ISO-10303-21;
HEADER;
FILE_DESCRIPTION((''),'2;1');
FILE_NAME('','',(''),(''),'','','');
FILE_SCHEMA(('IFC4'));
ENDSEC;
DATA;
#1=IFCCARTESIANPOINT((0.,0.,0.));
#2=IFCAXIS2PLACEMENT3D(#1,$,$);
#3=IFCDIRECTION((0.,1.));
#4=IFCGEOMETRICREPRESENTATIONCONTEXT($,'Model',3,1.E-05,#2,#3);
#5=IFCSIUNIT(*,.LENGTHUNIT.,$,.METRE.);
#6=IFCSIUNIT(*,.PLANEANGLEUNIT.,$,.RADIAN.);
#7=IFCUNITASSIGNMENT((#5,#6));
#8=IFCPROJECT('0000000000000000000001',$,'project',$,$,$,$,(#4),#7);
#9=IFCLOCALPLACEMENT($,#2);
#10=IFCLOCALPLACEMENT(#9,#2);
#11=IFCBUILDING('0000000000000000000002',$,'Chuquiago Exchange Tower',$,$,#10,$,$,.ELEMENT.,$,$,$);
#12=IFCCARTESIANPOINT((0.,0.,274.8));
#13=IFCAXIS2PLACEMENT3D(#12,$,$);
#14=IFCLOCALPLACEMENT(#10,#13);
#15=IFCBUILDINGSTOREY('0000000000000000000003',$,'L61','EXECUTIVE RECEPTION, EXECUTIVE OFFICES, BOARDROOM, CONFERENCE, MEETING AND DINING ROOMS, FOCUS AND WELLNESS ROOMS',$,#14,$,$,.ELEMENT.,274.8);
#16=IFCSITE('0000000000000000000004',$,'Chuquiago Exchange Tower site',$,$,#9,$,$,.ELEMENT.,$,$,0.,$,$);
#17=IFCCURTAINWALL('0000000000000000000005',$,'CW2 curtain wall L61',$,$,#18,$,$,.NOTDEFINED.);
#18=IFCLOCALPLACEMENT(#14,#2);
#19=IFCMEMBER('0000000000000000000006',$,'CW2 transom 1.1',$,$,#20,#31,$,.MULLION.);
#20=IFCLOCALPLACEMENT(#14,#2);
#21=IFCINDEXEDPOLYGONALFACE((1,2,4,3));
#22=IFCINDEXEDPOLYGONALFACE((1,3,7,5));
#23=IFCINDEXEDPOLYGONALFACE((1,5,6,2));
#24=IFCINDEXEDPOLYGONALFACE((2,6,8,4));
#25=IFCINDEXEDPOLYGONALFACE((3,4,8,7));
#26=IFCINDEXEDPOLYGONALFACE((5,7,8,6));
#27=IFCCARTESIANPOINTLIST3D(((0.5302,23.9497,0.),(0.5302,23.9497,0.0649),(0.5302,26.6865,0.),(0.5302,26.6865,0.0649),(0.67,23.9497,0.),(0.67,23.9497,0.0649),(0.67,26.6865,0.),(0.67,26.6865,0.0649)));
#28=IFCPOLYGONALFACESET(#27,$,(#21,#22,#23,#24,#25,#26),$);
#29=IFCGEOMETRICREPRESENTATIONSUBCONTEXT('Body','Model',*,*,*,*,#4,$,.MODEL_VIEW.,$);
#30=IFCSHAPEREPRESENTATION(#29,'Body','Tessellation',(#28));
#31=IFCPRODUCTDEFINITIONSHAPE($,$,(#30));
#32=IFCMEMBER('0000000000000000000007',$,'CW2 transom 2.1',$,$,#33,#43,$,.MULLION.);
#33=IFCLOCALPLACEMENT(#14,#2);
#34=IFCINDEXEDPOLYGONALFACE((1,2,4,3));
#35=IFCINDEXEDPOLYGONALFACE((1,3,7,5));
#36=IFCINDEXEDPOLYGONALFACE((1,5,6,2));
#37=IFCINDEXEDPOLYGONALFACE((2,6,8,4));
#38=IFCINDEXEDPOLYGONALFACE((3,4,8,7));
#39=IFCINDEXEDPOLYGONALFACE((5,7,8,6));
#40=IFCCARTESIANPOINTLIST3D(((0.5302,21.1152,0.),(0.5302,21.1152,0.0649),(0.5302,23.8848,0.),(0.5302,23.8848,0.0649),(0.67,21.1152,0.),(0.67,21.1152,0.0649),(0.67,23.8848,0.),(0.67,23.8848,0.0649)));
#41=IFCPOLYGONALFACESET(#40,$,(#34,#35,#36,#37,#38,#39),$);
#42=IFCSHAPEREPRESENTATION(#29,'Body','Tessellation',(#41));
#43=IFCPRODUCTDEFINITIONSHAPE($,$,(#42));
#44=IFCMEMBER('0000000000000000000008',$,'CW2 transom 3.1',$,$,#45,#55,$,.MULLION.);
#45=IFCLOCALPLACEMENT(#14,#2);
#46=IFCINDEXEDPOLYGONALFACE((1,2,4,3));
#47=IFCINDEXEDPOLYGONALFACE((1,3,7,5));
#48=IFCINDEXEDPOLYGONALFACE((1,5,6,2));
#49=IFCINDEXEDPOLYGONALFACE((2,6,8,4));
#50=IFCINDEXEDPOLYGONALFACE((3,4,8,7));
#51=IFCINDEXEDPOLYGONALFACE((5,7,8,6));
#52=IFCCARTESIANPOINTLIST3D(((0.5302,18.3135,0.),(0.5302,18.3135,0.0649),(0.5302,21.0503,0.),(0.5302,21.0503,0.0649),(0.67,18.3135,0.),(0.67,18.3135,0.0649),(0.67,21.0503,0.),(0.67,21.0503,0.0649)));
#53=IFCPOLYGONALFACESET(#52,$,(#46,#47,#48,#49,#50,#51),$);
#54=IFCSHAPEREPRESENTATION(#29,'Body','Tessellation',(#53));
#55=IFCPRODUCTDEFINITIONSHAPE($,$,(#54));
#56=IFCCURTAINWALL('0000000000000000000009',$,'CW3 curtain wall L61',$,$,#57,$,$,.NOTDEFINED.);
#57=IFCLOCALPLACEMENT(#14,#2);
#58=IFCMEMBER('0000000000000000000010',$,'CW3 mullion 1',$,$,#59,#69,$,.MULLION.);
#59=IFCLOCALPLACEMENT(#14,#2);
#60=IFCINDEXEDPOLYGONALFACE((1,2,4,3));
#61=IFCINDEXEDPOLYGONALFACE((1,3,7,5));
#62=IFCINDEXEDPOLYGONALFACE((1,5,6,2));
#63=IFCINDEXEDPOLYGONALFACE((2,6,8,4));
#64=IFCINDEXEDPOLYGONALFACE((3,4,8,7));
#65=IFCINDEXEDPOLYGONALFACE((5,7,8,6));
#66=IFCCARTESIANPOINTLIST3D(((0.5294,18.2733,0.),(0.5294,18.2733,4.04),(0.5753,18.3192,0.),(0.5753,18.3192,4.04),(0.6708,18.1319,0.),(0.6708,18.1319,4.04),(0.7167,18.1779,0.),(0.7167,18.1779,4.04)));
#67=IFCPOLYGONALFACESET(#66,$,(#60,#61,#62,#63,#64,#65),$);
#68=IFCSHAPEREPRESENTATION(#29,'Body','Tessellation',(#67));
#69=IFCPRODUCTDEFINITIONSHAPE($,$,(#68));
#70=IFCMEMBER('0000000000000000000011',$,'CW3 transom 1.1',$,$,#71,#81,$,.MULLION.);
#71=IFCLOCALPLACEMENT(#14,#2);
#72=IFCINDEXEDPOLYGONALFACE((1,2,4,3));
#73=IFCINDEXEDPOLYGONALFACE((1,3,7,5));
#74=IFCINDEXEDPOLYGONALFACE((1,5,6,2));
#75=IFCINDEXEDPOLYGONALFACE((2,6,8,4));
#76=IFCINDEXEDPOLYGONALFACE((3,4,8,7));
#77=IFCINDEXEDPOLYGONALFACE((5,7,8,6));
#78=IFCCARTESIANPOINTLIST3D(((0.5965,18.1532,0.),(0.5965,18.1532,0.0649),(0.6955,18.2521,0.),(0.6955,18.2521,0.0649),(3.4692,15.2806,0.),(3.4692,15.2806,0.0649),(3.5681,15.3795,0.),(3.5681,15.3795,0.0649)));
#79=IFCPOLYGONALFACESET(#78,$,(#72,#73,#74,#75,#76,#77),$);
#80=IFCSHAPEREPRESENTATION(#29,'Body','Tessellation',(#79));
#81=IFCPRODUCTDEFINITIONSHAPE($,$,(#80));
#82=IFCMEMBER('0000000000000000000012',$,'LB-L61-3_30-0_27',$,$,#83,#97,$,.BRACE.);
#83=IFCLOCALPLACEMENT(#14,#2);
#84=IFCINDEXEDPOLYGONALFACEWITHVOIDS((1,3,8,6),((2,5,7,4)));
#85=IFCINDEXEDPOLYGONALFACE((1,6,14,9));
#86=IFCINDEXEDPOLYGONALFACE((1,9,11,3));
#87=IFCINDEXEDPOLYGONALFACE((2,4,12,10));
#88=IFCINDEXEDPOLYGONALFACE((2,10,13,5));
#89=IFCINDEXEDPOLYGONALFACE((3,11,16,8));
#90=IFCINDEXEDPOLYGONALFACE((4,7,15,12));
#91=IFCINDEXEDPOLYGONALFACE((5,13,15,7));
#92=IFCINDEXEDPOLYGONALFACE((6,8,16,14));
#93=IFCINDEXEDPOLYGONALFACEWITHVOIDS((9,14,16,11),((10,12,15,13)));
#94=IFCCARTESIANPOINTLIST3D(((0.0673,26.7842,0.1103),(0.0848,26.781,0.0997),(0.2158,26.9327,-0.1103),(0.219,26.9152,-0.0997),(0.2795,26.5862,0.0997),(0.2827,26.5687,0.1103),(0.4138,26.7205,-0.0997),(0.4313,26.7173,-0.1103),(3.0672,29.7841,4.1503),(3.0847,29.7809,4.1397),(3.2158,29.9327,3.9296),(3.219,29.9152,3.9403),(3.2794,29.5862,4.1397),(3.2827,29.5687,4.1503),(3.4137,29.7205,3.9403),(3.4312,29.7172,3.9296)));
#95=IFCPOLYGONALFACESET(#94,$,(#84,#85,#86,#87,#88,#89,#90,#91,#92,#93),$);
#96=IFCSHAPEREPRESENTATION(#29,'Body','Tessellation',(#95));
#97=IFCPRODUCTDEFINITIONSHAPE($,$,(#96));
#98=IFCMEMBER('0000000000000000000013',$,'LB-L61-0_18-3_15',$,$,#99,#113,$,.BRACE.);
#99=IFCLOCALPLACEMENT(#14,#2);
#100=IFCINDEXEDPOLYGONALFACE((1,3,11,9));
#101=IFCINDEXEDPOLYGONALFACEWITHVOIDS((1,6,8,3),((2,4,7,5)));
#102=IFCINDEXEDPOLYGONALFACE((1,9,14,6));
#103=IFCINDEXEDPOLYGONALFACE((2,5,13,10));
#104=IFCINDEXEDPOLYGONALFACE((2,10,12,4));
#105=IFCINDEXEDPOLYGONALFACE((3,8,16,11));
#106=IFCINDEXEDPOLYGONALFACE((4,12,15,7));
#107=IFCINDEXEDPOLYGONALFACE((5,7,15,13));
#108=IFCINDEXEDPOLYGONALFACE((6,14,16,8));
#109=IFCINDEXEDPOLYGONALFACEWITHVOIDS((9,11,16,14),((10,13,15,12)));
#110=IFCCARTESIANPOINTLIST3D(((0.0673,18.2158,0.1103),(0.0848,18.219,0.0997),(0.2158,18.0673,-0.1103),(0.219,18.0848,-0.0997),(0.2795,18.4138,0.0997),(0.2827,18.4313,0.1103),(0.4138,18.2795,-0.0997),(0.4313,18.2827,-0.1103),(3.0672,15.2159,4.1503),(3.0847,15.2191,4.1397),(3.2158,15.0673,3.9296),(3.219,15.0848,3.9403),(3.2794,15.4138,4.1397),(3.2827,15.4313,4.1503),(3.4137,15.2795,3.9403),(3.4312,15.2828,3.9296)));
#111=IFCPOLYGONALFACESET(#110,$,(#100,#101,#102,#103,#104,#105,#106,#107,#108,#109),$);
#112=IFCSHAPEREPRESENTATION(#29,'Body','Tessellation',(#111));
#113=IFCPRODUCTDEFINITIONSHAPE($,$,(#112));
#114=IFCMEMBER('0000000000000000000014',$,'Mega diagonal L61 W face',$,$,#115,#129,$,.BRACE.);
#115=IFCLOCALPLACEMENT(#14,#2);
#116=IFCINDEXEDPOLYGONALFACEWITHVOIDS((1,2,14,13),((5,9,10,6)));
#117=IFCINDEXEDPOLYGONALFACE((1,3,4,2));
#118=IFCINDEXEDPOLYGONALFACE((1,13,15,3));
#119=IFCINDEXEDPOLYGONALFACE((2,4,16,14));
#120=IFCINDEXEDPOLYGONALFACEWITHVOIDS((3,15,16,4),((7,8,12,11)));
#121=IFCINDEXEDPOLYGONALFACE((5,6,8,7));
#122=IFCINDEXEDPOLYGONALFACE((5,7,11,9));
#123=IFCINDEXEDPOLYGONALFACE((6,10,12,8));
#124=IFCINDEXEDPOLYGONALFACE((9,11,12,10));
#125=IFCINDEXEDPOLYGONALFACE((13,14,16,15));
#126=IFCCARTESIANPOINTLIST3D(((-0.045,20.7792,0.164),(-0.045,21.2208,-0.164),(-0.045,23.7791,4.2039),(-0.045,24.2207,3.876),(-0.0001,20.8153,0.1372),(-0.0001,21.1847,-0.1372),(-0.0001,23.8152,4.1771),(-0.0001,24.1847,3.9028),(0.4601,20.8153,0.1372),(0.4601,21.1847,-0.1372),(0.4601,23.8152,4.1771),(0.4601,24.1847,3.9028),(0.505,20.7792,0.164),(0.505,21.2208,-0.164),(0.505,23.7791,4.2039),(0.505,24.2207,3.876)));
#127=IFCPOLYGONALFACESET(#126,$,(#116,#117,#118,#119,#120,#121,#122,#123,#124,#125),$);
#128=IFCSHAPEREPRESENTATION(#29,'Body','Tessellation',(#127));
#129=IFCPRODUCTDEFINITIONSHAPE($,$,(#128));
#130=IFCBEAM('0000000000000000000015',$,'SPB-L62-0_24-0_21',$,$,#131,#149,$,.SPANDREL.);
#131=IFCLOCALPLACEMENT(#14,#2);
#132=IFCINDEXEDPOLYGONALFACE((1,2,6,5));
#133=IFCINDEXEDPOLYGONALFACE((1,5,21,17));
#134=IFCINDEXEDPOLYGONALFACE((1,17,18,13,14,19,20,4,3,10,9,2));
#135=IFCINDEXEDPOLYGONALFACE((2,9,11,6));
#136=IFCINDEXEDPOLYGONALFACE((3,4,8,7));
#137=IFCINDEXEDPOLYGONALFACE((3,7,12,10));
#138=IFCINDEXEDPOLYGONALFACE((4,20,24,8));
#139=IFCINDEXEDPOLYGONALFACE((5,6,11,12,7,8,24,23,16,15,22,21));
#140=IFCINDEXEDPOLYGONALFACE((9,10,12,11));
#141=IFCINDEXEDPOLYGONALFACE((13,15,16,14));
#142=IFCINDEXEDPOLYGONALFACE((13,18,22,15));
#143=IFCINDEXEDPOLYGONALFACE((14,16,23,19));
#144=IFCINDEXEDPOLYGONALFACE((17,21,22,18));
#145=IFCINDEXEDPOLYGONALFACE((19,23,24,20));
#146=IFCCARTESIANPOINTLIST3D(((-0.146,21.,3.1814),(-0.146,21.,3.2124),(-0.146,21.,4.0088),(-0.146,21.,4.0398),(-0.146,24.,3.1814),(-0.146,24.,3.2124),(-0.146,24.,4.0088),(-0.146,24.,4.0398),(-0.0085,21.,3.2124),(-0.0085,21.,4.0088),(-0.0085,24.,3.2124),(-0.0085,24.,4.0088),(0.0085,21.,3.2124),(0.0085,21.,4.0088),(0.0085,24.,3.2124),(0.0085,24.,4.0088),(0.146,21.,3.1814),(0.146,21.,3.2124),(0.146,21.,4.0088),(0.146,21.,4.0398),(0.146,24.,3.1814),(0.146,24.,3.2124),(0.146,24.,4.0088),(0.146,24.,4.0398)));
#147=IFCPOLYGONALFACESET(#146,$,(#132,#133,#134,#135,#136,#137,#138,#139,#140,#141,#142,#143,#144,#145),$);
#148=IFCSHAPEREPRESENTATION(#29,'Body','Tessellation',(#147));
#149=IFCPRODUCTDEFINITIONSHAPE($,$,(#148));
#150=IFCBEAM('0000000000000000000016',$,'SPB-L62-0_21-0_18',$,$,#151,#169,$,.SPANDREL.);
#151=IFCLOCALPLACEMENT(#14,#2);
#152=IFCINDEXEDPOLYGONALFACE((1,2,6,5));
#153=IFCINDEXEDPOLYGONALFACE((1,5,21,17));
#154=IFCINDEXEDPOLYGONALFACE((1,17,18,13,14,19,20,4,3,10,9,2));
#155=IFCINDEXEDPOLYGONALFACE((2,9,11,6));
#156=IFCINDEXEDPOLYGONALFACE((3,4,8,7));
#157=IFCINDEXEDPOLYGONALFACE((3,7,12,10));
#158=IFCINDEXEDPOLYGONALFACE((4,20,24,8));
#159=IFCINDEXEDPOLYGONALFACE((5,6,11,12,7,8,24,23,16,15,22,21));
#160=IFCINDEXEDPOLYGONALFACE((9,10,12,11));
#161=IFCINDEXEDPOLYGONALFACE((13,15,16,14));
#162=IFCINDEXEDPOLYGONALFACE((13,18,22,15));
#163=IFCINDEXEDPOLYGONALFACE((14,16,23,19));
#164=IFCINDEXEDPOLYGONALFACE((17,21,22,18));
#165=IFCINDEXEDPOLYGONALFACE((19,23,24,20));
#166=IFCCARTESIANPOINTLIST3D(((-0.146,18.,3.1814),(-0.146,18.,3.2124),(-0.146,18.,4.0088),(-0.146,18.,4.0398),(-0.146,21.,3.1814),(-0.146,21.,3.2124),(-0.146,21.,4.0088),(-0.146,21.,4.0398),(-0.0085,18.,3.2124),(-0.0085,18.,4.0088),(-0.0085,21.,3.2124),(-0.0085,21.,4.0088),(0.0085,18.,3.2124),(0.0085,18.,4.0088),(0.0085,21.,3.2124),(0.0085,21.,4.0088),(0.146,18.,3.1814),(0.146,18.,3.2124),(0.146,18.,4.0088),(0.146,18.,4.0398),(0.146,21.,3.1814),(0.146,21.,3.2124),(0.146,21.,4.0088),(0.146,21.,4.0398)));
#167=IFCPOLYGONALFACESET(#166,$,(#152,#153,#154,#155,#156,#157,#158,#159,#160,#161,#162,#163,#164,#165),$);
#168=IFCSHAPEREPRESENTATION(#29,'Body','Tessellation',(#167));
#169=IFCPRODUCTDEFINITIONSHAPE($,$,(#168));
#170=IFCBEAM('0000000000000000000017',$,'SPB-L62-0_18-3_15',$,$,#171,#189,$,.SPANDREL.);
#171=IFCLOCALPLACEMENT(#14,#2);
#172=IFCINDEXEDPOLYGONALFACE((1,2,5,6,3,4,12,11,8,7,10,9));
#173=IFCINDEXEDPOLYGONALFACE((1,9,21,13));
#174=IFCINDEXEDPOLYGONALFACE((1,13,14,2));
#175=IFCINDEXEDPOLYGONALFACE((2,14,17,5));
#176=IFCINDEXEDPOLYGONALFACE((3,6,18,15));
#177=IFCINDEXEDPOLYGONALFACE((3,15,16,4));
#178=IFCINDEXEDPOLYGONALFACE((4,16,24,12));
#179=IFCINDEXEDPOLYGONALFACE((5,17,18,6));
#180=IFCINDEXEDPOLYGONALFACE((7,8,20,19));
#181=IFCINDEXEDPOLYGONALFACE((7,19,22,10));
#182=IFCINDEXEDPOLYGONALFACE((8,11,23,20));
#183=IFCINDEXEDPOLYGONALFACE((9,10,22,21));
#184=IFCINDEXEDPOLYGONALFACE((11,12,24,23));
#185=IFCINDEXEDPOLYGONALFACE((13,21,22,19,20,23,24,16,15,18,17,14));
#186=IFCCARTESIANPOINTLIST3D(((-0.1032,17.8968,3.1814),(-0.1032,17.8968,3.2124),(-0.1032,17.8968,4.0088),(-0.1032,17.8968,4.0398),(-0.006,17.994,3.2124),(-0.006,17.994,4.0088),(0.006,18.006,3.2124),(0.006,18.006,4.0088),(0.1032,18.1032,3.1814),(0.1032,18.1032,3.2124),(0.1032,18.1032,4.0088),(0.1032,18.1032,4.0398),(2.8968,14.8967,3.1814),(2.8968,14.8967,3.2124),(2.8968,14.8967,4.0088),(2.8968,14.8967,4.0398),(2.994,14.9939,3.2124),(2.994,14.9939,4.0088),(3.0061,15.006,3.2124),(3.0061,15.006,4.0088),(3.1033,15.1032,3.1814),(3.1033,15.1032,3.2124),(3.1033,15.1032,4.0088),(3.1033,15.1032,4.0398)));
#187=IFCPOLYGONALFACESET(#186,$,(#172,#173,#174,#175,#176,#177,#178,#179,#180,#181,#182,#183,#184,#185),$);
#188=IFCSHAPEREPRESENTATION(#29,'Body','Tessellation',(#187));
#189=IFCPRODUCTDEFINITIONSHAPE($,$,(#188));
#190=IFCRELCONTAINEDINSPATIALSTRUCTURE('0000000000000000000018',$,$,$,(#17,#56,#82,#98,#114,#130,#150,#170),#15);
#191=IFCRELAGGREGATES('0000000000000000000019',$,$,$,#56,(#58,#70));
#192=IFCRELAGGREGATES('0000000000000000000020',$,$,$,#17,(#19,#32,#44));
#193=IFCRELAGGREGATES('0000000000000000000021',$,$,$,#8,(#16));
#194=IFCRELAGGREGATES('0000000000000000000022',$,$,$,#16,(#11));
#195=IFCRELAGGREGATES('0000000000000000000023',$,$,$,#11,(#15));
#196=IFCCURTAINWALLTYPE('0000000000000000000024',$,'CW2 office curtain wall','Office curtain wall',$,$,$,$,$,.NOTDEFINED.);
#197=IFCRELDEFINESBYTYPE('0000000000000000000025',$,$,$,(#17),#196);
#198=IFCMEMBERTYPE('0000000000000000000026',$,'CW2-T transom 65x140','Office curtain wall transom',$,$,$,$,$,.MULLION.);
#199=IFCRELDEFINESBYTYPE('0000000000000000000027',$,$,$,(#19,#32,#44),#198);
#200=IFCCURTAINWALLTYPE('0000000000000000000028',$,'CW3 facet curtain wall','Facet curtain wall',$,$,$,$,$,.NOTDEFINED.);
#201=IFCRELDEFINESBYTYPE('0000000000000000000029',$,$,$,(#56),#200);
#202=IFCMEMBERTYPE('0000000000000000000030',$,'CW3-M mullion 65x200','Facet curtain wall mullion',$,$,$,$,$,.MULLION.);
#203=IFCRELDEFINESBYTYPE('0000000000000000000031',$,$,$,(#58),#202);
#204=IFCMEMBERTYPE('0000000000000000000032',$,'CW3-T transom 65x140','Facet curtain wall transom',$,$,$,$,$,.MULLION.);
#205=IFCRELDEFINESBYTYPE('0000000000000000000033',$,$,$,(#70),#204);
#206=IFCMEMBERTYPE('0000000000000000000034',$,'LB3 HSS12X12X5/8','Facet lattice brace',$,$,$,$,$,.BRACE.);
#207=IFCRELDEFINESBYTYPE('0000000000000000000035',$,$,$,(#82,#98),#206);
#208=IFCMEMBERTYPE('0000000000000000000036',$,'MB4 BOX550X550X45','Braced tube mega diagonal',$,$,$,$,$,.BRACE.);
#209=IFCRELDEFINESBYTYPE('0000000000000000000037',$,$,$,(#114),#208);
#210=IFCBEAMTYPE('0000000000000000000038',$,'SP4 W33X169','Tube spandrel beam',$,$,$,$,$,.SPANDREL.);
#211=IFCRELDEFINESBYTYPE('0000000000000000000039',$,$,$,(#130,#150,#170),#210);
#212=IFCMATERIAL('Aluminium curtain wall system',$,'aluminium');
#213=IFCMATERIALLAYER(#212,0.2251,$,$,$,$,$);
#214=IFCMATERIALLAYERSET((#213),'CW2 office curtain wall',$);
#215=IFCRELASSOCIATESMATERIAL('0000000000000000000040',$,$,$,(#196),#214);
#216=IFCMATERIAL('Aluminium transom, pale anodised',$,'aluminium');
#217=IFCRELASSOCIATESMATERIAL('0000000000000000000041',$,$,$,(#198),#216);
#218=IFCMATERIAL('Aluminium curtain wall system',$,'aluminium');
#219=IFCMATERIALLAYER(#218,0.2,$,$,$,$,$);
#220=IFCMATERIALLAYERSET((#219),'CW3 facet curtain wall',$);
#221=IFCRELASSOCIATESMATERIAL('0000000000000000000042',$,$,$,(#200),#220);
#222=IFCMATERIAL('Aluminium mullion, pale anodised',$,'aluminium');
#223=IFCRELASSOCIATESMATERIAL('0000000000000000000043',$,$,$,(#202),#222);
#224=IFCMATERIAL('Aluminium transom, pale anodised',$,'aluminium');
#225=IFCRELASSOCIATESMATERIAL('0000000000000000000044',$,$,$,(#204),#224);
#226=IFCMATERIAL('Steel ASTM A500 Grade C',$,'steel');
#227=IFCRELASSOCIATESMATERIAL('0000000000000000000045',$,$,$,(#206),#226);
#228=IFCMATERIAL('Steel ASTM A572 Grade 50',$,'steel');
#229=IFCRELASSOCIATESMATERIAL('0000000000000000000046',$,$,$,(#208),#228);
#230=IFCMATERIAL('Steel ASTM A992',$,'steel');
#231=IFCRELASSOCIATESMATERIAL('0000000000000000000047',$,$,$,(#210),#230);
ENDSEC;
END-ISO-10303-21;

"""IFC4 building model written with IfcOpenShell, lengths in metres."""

from ifc_helpers import new_model, si_unit, direction, frame, origin, origin_2d, place, context, subcontext, project, spatial, rectangle, hollow_rectangle, i_section, extrude, material, layer, layer_set, material_profile, profile_set, type_object, element, aggregate, save


model = new_model("IFC4")

# Units and contexts
model_context = context("Model", 3, precision=1e-05, world=origin(), true_north=direction((0.0, 1.0)))
body_context = subcontext(model_context, "Body", "Model", "MODEL_VIEW")
ifc_project = project(units=[si_unit("LENGTHUNIT", "METRE"), si_unit("PLANEANGLEUNIT", "RADIAN")], contexts=[model_context])

# Site, building, storey
site_placement = place(None, origin())
site = spatial("IfcSite", under=ifc_project, at=site_placement, Name="Chuquiago Exchange Tower site", CompositionType="ELEMENT", RefElevation=0.0)
building_placement = place(site_placement, origin())
building = spatial("IfcBuilding", under=site, at=building_placement, Name="Chuquiago Exchange Tower", CompositionType="ELEMENT")
storey_placement = place(building_placement, frame((0.0, 0.0, 274.8)))
storey = spatial("IfcBuildingStorey", under=building, at=storey_placement, Name="L61", Description="EXECUTIVE RECEPTION, EXECUTIVE OFFICES, BOARDROOM, CONFERENCE, MEETING AND DINING ROOMS, FOCUS AND WELLNESS ROOMS", CompositionType="ELEMENT", Elevation=274.8)

# Curtain walls, members
ifc_material_1 = material(Name="Aluminium curtain wall system", Category="aluminium")
ifc_layer_1 = layer(ifc_material_1, 0.2251)
ifc_layer_set_1 = layer_set([ifc_layer_1], Name="CW2 office curtain wall")
curtain_wall_type_1 = type_object("IfcCurtainWallType", Name="CW2 office curtain wall", Description="Office curtain wall", PredefinedType="NOTDEFINED", material=ifc_layer_set_1)
curtain_wall_1_placement = place(storey_placement, origin())
curtain_wall_1 = element("IfcCurtainWall", 1, at=curtain_wall_1_placement, inside=storey, type_object=curtain_wall_type_1, Name="CW2 curtain wall L61", PredefinedType="NOTDEFINED")
ifc_material_2 = material(Name="Aluminium transom, pale anodised", Category="aluminium")
ifc_material_profile_1 = material_profile(ifc_material_2, rectangle(XDim=0.1399, YDim=0.0649, at=origin_2d()), Name="AL 140x65")
ifc_profile_set_1 = profile_set([ifc_material_profile_1], Name="Aluminium transom, pale anodised")
member_type_1 = type_object("IfcMemberType", Name="CW2-T transom 65x140", Description="Office curtain wall transom", PredefinedType="MULLION", material=ifc_profile_set_1)
member_1_placement = place(storey_placement, frame((0.6001, 26.6865, 0.0325), z_axis=(0.0, -1.0, 0.0), x_axis=(1.0, 0.0, 0.0)))
member_1 = element("IfcMember", 2, at=member_1_placement, type_object=member_type_1, Name="CW2 transom 1.1", PredefinedType="MULLION", context=body_context, shape_type="SweptSolid", body=[
    extrude(rectangle(XDim=0.1399, YDim=0.0649, at=origin_2d()), origin(), (0.0, 0.0, 1.0), 2.7368),
])
member_2_placement = place(storey_placement, frame((0.6001, 23.8848, 0.0325), z_axis=(0.0, -1.0, 0.0), x_axis=(1.0, 0.0, 0.0)))
member_2 = element("IfcMember", 3, at=member_2_placement, type_object=member_type_1, Name="CW2 transom 2.1", PredefinedType="MULLION", context=body_context, shape_type="SweptSolid", body=[
    extrude(rectangle(XDim=0.1399, YDim=0.0649, at=origin_2d()), origin(), (0.0, 0.0, 1.0), 2.7695),
])
member_3_placement = place(storey_placement, frame((0.6001, 21.0503, 0.0325), z_axis=(0.0, -1.0, 0.0), x_axis=(1.0, 0.0, 0.0)))
member_3 = element("IfcMember", 4, at=member_3_placement, type_object=member_type_1, Name="CW2 transom 3.1", PredefinedType="MULLION", context=body_context, shape_type="SweptSolid", body=[
    extrude(rectangle(XDim=0.1399, YDim=0.0649, at=origin_2d()), origin(), (0.0, 0.0, 1.0), 2.7368),
])
ifc_material_3 = material(Name="Aluminium curtain wall system", Category="aluminium")
ifc_layer_2 = layer(ifc_material_3, 0.2)
ifc_layer_set_2 = layer_set([ifc_layer_2], Name="CW3 facet curtain wall")
curtain_wall_type_2 = type_object("IfcCurtainWallType", Name="CW3 facet curtain wall", Description="Facet curtain wall", PredefinedType="NOTDEFINED", material=ifc_layer_set_2)
curtain_wall_2_placement = place(storey_placement, origin())
curtain_wall_2 = element("IfcCurtainWall", 5, at=curtain_wall_2_placement, inside=storey, type_object=curtain_wall_type_2, Name="CW3 curtain wall L61", PredefinedType="NOTDEFINED")
ifc_material_4 = material(Name="Aluminium mullion, pale anodised", Category="aluminium")
ifc_material_profile_2 = material_profile(ifc_material_4, rectangle(XDim=0.0649, YDim=0.2, at=origin_2d()), Name="AL 65x200")
ifc_profile_set_2 = profile_set([ifc_material_profile_2], Name="Aluminium mullion, pale anodised")
member_type_2 = type_object("IfcMemberType", Name="CW3-M mullion 65x200", Description="Facet curtain wall mullion", PredefinedType="MULLION", material=ifc_profile_set_2)
member_4_placement = place(storey_placement, frame((0.623, 18.2256, 0.0), z_axis=(0.0, 0.0, 1.0), x_axis=(0.707107, 0.707107, 0.0)))
member_4 = element("IfcMember", 6, at=member_4_placement, type_object=member_type_2, Name="CW3 mullion 1", PredefinedType="MULLION", context=body_context, shape_type="SweptSolid", body=[
    extrude(rectangle(XDim=0.0649, YDim=0.2, at=origin_2d()), origin(), (0.0, 0.0, 1.0), 4.04),
])
ifc_material_5 = material(Name="Aluminium transom, pale anodised", Category="aluminium")
ifc_material_profile_3 = material_profile(ifc_material_5, rectangle(XDim=0.1399, YDim=0.0649, at=origin_2d()), Name="AL 140x65")
ifc_profile_set_3 = profile_set([ifc_material_profile_3], Name="Aluminium transom, pale anodised")
member_type_3 = type_object("IfcMemberType", Name="CW3-T transom 65x140", Description="Facet curtain wall transom", PredefinedType="MULLION", material=ifc_profile_set_3)
member_5_placement = place(storey_placement, frame((0.646, 18.2026, 0.0325), z_axis=(0.707107, -0.707107, 0.0), x_axis=(0.707107, 0.707107, 0.0)))
member_5 = element("IfcMember", 7, at=member_5_placement, type_object=member_type_3, Name="CW3 transom 1.1", PredefinedType="MULLION", context=body_context, shape_type="SweptSolid", body=[
    extrude(rectangle(XDim=0.1399, YDim=0.0649, at=origin_2d()), origin(), (0.0, 0.0, 1.0), 4.0625),
])
aggregate(curtain_wall_2, [member_4, member_5])

# Members
ifc_material_6 = material(Name="Steel ASTM A500 Grade C", Category="steel")
ifc_material_profile_4 = material_profile(ifc_material_6, hollow_rectangle(XDim=0.3047, YDim=0.3047, WallThickness=0.0146, at=origin_2d()), Name="HSS12X12X5/8")
ifc_profile_set_4 = profile_set([ifc_material_profile_4], Name="Steel ASTM A500 Grade C")
member_type_4 = type_object("IfcMemberType", Name="LB3 HSS12X12X5/8", Description="Facet lattice brace", PredefinedType="BRACE", material=ifc_profile_set_4)
for number, where, z_axis, x_axis, name in (
    (8, (0.2493, 26.7507, 0.0), (0.512077, 0.512077, 0.689604), (-0.707107, 0.707107, 0.0), "LB-L61-3_30-0_27"),
    (9, (0.2493, 18.2493, 0.0), (0.512077, -0.512077, 0.689604), (0.707107, 0.707107, 0.0), "LB-L61-0_18-3_15"),
):
    element("IfcMember", number, at=place(storey_placement, frame(where, z_axis=z_axis, x_axis=x_axis)), inside=storey, type_object=member_type_4, Name=name, PredefinedType="BRACE", context=body_context, shape_type="SweptSolid", body=[
        extrude(hollow_rectangle(XDim=0.3047, YDim=0.3047, WallThickness=0.0146, at=origin_2d()), origin(), (0.0, 0.0, 1.0), 5.8584),
    ])
ifc_material_7 = material(Name="Steel ASTM A572 Grade 50", Category="steel")
ifc_material_profile_5 = material_profile(ifc_material_7, hollow_rectangle(XDim=0.55, YDim=0.55, WallThickness=0.0449, at=origin_2d()), Name="BOX550X550X45")
ifc_profile_set_5 = profile_set([ifc_material_profile_5], Name="Steel ASTM A572 Grade 50")
member_type_5 = type_object("IfcMemberType", Name="MB4 BOX550X550X45", Description="Braced tube mega diagonal", PredefinedType="BRACE", material=ifc_profile_set_5)
member_6_placement = place(storey_placement, frame((0.23, 21.0, 0.0), z_axis=(0.0, 0.596174, 0.802855), x_axis=(-1.0, 0.0, 0.0)))
element("IfcMember", 10, at=member_6_placement, inside=storey, type_object=member_type_5, Name="Mega diagonal L61 W face", PredefinedType="BRACE", context=body_context, shape_type="SweptSolid", body=[
    extrude(hollow_rectangle(XDim=0.55, YDim=0.55, WallThickness=0.0449, at=origin_2d()), origin(), (0.0, 0.0, 1.0), 5.032),
])

# Beams
ifc_material_8 = material(Name="Steel ASTM A992", Category="steel")
ifc_material_profile_6 = material_profile(ifc_material_8, i_section(OverallWidth=0.292, OverallDepth=0.8584, WebThickness=0.0171, FlangeThickness=0.031, at=origin_2d()), Name="W33X169")
ifc_profile_set_6 = profile_set([ifc_material_profile_6], Name="Steel ASTM A992")
beam_type_1 = type_object("IfcBeamType", Name="SP4 W33X169", Description="Tube spandrel beam", PredefinedType="SPANDREL", material=ifc_profile_set_6)
for number, where, z_axis, x_axis, name in (
    (11, (0.0, 24.0, 3.6106), (0.0, -1.0, 0.0), (1.0, 0.0, 0.0), "SPB-L62-0_24-0_21"),
    (12, (0.0, 21.0, 3.6106), (0.0, -1.0, 0.0), (1.0, 0.0, 0.0), "SPB-L62-0_21-0_18"),
):
    element("IfcBeam", number, at=place(storey_placement, frame(where, z_axis=z_axis, x_axis=x_axis)), inside=storey, type_object=beam_type_1, Name=name, PredefinedType="SPANDREL", context=body_context, shape_type="SweptSolid", body=[
        extrude(i_section(OverallWidth=0.292, OverallDepth=0.8584, WebThickness=0.0171, FlangeThickness=0.031, at=origin_2d()), origin(), (0.0, 0.0, 1.0), 3.0),
    ])
beam_placement = place(storey_placement, frame((0.0, 18.0, 3.6106), z_axis=(0.707107, -0.707107, 0.0), x_axis=(0.707107, 0.707107, 0.0)))
element("IfcBeam", 13, at=beam_placement, inside=storey, type_object=beam_type_1, Name="SPB-L62-0_18-3_15", PredefinedType="SPANDREL", context=body_context, shape_type="SweptSolid", body=[
    extrude(i_section(OverallWidth=0.292, OverallDepth=0.8584, WebThickness=0.0171, FlangeThickness=0.031, at=origin_2d()), origin(), (0.0, 0.0, 1.0), 4.2427),
])

aggregate(curtain_wall_1, [member_1, member_2, member_3])

save(model, "model.ifc")
